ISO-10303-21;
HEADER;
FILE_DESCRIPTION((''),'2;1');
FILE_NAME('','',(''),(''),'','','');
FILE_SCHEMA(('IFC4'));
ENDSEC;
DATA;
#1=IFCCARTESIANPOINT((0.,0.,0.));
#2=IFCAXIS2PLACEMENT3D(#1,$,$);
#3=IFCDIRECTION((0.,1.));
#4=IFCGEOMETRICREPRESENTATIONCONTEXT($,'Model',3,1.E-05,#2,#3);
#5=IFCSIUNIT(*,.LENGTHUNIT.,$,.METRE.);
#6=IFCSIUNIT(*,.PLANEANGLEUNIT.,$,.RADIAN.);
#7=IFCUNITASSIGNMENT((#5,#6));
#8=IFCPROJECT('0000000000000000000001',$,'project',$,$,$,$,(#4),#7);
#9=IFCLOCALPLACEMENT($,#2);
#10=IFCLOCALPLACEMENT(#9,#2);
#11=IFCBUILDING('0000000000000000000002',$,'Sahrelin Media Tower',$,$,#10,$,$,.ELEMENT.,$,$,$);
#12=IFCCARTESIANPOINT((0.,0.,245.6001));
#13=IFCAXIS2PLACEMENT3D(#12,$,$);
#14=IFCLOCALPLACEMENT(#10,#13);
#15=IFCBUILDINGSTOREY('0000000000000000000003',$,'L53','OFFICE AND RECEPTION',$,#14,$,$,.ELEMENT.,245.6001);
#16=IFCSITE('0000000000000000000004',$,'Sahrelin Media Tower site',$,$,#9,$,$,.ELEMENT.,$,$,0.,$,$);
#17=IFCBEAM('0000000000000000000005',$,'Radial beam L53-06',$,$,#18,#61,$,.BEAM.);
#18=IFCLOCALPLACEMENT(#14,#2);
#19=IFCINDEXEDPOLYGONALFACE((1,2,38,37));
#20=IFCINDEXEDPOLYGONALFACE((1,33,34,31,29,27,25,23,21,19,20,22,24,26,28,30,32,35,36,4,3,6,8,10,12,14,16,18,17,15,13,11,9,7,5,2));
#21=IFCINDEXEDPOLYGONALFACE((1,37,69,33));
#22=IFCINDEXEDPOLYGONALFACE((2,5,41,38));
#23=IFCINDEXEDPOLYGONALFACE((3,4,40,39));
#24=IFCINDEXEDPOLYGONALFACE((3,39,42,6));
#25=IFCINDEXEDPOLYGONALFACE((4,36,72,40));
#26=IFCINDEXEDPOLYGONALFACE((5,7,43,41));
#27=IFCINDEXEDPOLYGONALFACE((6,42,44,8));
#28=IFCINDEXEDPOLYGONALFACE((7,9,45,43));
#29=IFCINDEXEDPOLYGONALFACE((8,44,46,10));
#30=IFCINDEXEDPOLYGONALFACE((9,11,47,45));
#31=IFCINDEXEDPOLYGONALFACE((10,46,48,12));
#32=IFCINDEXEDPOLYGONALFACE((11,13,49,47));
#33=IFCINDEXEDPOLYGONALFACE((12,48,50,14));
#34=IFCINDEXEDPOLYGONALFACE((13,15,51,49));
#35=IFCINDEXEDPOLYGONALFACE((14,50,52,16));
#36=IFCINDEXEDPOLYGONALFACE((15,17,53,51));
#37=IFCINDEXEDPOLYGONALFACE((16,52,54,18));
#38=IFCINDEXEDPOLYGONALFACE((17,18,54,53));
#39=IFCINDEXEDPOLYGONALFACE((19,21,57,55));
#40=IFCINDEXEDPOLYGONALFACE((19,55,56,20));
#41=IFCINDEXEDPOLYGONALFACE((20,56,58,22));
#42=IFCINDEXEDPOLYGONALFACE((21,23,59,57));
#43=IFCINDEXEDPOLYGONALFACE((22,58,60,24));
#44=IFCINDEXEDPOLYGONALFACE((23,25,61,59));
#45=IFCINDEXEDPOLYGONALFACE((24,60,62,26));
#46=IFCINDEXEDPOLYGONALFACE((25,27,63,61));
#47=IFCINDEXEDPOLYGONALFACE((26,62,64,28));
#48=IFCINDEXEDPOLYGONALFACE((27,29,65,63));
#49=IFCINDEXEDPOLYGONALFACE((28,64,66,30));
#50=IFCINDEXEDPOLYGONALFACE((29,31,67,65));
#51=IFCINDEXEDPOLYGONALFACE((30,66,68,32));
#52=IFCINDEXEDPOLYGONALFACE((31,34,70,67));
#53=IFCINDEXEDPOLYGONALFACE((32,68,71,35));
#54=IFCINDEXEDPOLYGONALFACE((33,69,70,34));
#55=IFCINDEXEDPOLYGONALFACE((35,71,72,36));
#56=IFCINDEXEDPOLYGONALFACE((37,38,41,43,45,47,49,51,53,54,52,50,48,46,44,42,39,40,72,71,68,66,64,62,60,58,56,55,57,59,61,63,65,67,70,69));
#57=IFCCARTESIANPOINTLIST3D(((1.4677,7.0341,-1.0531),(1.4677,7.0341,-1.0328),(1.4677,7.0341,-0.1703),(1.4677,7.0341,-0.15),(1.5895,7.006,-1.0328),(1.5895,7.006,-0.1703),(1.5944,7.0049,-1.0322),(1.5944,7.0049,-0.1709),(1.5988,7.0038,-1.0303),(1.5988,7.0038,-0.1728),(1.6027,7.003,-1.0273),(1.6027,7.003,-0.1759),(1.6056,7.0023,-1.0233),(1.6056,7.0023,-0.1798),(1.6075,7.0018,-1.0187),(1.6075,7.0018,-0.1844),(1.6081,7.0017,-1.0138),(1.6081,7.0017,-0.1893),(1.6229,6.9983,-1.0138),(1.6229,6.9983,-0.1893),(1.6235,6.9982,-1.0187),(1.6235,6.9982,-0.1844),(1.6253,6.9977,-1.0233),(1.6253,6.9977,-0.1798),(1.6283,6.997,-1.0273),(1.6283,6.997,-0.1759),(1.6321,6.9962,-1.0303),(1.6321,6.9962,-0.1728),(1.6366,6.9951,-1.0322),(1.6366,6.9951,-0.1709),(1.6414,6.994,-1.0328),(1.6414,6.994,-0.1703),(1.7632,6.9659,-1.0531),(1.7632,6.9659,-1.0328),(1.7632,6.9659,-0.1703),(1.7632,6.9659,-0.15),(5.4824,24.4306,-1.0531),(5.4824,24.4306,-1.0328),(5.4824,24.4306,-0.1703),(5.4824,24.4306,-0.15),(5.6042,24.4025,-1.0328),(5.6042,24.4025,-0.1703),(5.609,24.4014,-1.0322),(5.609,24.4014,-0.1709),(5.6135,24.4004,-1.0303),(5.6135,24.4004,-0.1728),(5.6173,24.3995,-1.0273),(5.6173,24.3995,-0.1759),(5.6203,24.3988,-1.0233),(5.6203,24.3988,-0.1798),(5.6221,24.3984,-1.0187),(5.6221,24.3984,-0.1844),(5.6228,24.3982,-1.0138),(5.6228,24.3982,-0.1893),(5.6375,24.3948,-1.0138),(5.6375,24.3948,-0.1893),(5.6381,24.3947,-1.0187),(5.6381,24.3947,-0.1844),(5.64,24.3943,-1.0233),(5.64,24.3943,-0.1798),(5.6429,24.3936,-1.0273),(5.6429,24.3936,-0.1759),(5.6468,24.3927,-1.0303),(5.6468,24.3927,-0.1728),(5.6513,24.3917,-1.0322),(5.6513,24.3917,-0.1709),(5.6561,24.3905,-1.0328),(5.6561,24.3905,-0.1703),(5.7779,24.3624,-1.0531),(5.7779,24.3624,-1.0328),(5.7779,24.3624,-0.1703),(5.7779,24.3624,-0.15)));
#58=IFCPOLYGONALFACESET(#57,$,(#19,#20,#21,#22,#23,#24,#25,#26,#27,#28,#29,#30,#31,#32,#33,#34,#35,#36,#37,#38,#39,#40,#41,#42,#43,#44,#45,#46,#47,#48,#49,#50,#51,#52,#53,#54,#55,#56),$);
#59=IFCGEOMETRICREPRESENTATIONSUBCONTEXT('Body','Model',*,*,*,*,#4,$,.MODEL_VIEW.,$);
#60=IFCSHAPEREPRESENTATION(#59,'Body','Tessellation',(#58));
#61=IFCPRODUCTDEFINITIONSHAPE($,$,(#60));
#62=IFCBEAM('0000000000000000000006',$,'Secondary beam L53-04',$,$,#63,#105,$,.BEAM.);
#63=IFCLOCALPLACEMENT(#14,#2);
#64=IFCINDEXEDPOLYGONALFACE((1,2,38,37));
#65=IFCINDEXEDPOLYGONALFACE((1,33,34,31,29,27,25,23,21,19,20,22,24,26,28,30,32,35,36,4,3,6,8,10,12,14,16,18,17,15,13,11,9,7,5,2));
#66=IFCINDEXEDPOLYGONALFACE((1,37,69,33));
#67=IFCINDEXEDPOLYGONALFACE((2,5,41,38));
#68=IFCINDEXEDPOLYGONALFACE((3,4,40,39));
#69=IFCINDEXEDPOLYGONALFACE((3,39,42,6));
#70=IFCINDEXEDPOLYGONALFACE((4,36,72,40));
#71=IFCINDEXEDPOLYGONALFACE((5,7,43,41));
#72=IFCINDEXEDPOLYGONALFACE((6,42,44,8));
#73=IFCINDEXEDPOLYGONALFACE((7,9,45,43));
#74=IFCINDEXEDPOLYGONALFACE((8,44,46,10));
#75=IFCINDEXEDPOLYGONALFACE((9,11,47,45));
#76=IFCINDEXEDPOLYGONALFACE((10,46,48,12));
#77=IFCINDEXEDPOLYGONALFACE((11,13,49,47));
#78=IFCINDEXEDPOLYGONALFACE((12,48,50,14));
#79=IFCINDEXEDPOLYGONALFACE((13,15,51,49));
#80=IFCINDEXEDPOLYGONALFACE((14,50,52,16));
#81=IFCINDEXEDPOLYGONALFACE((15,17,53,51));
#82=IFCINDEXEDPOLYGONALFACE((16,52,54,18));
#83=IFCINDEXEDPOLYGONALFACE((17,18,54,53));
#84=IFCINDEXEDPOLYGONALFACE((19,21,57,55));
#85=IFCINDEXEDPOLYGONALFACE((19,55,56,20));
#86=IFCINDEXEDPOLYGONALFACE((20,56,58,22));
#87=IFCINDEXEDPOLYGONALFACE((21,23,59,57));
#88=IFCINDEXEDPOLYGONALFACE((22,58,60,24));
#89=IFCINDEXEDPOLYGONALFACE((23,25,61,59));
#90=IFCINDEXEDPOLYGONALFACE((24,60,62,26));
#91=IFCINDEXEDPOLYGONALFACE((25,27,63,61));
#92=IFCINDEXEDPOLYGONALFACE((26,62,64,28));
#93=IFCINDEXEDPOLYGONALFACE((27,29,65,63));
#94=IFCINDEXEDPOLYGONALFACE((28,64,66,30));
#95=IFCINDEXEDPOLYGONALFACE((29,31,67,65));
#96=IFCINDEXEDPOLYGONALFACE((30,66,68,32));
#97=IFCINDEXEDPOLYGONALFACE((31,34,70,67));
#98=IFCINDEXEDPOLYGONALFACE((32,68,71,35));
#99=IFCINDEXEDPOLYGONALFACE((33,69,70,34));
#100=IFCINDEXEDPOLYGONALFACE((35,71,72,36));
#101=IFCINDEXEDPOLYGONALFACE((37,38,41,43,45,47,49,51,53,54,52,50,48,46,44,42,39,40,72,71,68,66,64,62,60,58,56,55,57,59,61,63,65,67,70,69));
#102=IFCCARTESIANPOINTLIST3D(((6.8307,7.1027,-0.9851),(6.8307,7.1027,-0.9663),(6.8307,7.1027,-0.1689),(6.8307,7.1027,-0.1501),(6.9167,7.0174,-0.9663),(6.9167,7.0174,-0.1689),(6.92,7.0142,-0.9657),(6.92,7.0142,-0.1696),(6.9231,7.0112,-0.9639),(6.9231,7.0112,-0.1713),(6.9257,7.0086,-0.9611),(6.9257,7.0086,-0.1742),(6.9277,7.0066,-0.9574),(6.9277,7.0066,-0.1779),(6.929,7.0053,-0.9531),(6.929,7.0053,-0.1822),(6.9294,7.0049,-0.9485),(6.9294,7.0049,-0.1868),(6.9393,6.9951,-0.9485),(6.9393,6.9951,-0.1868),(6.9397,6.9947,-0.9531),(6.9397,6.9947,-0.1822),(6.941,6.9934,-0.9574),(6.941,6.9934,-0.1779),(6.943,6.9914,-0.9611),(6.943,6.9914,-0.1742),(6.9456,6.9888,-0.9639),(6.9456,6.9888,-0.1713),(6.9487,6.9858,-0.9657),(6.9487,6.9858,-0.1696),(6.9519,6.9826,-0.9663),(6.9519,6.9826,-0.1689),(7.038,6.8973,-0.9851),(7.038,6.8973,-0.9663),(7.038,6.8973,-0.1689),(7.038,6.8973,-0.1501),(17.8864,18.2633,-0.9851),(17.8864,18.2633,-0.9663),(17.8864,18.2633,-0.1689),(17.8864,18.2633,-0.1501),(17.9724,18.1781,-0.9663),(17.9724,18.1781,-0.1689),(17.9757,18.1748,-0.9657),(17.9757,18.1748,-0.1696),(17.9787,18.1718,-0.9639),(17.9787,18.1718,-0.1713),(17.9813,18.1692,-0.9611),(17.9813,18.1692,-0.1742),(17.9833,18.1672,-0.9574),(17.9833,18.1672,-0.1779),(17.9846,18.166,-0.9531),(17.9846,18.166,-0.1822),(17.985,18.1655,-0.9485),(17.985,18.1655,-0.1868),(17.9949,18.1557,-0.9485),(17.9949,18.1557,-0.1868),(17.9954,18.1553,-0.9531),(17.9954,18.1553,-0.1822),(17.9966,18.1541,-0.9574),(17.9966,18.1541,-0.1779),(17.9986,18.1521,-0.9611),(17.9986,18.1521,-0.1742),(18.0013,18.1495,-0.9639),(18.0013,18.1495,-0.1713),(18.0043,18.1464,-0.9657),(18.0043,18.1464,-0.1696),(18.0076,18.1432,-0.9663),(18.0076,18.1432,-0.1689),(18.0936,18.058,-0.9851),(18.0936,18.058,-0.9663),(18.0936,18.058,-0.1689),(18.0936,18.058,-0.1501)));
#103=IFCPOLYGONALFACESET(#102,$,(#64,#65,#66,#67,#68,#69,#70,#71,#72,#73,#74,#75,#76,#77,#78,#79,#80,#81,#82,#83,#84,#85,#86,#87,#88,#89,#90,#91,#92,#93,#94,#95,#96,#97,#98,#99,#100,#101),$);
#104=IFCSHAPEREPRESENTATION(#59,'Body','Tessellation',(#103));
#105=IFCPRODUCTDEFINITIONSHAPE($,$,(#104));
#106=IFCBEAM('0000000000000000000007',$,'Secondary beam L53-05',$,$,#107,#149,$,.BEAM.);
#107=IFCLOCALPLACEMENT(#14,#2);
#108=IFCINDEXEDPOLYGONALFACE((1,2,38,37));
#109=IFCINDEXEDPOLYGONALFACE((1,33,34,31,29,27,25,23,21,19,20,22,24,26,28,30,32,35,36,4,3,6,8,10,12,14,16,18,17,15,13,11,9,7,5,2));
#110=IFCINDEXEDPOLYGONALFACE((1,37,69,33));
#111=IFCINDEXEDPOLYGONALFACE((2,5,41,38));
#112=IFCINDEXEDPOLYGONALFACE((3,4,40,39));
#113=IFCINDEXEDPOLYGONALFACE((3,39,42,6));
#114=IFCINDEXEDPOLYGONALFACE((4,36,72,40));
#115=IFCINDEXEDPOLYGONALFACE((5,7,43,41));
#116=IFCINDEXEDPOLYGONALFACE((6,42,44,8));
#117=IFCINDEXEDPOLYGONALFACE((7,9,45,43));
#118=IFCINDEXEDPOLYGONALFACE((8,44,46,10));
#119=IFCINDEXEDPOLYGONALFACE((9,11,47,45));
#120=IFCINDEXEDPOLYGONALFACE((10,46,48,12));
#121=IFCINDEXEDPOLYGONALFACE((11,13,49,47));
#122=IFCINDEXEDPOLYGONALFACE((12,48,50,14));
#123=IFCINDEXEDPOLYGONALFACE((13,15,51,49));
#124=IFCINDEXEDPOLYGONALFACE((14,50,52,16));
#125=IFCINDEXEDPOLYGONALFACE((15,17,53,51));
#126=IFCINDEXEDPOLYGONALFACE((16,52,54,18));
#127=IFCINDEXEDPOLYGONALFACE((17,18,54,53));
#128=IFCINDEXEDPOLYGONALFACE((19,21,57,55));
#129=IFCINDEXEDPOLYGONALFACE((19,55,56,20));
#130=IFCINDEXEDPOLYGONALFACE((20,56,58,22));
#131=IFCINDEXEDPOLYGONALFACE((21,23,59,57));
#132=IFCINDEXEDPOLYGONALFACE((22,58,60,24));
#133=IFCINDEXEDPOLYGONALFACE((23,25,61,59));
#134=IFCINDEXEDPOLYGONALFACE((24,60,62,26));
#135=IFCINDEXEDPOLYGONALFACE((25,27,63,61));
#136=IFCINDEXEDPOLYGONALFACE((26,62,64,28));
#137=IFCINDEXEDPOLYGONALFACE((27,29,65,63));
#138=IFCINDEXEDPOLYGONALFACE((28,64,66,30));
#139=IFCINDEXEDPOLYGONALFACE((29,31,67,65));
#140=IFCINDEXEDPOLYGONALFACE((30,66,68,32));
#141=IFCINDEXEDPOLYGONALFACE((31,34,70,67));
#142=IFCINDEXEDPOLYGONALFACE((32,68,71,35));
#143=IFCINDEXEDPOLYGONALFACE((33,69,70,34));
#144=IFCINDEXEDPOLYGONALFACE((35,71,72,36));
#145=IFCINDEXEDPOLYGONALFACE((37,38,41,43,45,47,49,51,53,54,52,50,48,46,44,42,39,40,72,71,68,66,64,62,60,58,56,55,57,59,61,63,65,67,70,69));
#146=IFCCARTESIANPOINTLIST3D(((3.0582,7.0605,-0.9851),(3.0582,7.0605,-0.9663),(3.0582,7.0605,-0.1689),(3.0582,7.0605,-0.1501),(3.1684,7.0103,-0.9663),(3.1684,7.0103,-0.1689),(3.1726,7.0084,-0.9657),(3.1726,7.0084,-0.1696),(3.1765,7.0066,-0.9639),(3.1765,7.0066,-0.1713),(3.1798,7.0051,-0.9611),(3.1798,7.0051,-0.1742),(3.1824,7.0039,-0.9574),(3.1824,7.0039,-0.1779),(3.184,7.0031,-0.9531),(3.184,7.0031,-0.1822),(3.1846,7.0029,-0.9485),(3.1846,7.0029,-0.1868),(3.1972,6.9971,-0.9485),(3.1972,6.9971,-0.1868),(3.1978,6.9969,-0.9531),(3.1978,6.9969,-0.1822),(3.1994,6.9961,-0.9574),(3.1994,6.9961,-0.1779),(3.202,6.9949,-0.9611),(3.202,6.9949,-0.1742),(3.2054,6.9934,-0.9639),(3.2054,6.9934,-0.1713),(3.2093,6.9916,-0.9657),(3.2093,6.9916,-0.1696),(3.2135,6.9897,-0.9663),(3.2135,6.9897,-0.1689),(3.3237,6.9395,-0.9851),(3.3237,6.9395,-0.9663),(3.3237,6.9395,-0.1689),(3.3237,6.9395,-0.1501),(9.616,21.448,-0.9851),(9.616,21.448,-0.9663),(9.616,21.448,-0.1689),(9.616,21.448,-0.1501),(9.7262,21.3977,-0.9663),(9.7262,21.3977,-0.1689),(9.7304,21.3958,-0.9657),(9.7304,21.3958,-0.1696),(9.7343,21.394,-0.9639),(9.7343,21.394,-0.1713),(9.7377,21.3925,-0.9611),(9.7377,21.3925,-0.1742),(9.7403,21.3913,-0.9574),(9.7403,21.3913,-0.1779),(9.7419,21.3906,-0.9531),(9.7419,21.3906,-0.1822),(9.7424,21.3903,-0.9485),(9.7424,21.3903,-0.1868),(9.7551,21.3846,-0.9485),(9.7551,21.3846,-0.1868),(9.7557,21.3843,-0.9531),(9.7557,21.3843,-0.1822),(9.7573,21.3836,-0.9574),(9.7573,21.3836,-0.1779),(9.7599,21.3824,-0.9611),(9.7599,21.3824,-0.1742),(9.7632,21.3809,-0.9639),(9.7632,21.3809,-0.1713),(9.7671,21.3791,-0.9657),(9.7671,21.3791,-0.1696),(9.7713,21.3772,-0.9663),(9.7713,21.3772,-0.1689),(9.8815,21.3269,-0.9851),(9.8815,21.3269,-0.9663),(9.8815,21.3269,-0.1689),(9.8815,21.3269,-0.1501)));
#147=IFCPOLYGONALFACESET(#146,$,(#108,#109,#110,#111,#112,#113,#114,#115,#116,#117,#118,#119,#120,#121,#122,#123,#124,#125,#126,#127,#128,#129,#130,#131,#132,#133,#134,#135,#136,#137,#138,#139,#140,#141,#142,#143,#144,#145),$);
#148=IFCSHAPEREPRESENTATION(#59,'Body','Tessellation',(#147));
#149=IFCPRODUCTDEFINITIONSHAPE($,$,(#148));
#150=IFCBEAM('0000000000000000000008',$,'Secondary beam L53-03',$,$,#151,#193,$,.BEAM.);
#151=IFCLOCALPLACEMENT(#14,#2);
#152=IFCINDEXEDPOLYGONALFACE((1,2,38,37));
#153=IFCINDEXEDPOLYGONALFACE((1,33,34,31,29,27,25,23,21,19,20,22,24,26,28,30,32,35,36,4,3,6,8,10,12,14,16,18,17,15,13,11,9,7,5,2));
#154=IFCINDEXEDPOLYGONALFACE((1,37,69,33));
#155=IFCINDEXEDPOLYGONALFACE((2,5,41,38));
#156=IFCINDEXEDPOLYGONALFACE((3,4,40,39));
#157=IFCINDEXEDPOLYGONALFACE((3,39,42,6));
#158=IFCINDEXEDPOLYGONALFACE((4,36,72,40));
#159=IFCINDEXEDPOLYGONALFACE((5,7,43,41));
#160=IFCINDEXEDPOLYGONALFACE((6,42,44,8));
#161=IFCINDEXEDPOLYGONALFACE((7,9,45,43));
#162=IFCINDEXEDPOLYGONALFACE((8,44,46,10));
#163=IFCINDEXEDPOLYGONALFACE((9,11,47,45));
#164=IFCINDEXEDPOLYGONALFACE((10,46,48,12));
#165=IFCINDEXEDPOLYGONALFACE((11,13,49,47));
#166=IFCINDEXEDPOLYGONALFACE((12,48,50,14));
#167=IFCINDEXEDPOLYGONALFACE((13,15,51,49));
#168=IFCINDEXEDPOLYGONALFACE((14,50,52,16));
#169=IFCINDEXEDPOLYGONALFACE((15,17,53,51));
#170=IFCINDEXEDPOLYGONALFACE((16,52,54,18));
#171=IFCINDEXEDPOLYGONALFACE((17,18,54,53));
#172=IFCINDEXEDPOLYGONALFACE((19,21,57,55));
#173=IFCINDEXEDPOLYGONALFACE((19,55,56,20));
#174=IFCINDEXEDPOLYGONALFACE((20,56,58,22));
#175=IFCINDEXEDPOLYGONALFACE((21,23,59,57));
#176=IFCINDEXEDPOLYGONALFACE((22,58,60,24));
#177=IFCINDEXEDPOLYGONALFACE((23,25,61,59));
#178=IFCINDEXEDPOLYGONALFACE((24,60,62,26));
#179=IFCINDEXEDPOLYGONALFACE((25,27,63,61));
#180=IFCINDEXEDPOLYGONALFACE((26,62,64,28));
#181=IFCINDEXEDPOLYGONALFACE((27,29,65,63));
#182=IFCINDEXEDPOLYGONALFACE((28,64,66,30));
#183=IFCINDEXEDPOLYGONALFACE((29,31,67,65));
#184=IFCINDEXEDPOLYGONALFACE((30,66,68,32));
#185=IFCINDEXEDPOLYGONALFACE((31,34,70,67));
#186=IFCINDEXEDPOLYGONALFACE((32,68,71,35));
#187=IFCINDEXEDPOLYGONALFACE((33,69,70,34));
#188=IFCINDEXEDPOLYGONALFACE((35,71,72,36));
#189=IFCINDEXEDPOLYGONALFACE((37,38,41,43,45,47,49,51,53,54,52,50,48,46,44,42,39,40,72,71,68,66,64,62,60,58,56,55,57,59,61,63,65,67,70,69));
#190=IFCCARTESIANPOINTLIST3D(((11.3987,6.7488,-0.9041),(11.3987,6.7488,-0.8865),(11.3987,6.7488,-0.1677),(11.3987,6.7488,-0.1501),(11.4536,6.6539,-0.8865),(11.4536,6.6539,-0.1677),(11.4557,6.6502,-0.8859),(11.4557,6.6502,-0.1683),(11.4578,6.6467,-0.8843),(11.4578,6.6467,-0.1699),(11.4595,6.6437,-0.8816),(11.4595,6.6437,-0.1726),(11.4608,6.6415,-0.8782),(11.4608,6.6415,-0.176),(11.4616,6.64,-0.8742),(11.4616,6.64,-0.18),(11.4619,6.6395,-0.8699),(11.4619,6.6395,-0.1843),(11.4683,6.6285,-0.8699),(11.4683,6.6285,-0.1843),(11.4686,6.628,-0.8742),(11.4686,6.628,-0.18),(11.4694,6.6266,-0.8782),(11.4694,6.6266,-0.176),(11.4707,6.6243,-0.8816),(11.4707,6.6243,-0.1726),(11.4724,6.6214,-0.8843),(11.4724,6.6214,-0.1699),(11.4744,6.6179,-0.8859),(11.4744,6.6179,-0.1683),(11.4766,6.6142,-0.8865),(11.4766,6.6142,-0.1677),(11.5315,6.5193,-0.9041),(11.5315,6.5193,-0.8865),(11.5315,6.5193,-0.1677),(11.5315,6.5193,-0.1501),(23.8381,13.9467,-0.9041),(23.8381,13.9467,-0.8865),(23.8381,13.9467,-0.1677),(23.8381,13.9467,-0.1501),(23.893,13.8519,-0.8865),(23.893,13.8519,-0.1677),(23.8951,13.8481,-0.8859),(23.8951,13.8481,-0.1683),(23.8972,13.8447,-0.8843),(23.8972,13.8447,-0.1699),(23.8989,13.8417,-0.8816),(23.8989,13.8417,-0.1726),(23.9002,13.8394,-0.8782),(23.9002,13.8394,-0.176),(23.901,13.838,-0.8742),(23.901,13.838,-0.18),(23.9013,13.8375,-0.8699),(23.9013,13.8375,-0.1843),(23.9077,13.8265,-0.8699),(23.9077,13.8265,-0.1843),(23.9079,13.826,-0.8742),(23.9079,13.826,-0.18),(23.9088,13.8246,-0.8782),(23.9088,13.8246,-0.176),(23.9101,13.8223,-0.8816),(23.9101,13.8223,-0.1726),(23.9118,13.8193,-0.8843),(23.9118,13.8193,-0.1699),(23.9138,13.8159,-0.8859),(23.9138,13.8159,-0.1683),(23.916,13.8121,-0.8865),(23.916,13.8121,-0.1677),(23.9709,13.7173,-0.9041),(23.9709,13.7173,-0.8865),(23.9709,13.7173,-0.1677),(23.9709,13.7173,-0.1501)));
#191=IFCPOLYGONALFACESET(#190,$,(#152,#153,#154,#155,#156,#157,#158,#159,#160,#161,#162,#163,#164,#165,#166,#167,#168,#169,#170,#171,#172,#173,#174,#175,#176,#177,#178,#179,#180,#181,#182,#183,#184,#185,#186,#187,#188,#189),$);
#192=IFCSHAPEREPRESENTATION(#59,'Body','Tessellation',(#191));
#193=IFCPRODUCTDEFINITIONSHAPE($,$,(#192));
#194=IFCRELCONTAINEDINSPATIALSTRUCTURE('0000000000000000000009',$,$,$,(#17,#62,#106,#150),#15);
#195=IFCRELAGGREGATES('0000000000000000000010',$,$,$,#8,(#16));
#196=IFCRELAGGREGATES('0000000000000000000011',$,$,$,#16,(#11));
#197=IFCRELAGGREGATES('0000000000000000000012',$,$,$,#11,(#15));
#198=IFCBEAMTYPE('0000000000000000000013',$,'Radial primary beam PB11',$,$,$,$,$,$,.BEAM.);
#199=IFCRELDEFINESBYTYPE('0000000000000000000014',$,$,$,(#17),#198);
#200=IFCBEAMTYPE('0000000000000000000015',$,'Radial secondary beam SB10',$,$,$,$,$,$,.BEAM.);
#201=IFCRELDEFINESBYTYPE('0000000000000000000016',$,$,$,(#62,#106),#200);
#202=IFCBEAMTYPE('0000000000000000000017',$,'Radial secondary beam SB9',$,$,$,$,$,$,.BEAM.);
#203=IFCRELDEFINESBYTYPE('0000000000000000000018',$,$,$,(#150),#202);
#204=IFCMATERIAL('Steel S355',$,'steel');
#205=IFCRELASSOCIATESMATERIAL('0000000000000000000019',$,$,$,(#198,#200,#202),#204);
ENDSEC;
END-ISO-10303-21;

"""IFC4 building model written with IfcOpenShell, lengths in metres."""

from ifc_helpers import new_model, si_unit, direction, frame, origin, origin_2d, place, context, subcontext, project, spatial, i_section, extrude, material, material_profile, profile_set, type_object, element, save


model = new_model("IFC4")

# Units and contexts
model_context = context("Model", 3, precision=1e-05, world=origin(), true_north=direction((0.0, 1.0)))
body_context = subcontext(model_context, "Body", "Model", "MODEL_VIEW")
ifc_project = project(units=[si_unit("LENGTHUNIT", "METRE"), si_unit("PLANEANGLEUNIT", "RADIAN")], contexts=[model_context])

# Site, building, storey
site_placement = place(None, origin())
site = spatial("IfcSite", under=ifc_project, at=site_placement, Name="Sahrelin Media Tower site", CompositionType="ELEMENT", RefElevation=0.0)
building_placement = place(site_placement, origin())
building = spatial("IfcBuilding", under=site, at=building_placement, Name="Sahrelin Media Tower", CompositionType="ELEMENT")
storey_placement = place(building_placement, frame((0.0, 0.0, 245.6001)))
storey = spatial("IfcBuildingStorey", under=building, at=storey_placement, Name="L53", Description="OFFICE AND RECEPTION", CompositionType="ELEMENT", Elevation=245.6001)

# Shared definitions
ifc_material_1 = material(Name="Steel S355", Category="steel")

# Beams
ifc_material_profile_1 = material_profile(ifc_material_1, i_section(OverallWidth=0.3032, OverallDepth=0.9031, WebThickness=0.0151, FlangeThickness=0.0203, FilletRadius=0.019, at=origin_2d()), Name="UB 914x305x201")
ifc_profile_set_1 = profile_set([ifc_material_profile_1], Name="Steel S355")
beam_type_1 = type_object("IfcBeamType", Name="Radial primary beam PB11", PredefinedType="BEAM", material=ifc_profile_set_1)
beam_1_placement = place(storey_placement, frame((1.6155, 7.0, -0.6016), z_axis=(0.224864, 0.97439, 0.0), x_axis=(-0.97439, 0.224864, 0.0)))
element("IfcBeam", 1, at=beam_1_placement, inside=storey, type_object=beam_type_1, Name="Radial beam L53-06", PredefinedType="BEAM", context=body_context, shape_type="SweptSolid", body=[
    extrude(i_section(OverallWidth=0.3032, OverallDepth=0.9031, WebThickness=0.0151, FlangeThickness=0.0203, FilletRadius=0.019, at=origin_2d()), origin(), (0.0, 0.0, 1.0), 17.8538),
])
ifc_material_profile_2 = material_profile(ifc_material_1, i_section(OverallWidth=0.2917, OverallDepth=0.835, WebThickness=0.0139, FlangeThickness=0.0188, FilletRadius=0.0178, at=origin_2d()), Name="UB 838x292x176")
ifc_profile_set_2 = profile_set([ifc_material_profile_2], Name="Steel S355")
beam_type_2 = type_object("IfcBeamType", Name="Radial secondary beam SB10", PredefinedType="BEAM", material=ifc_profile_set_2)
beam_2_placement = place(storey_placement, frame((6.9343, 7.0, -0.5676), z_axis=(0.703758, 0.71044, 0.0), x_axis=(-0.71044, 0.703758, 0.0)))
element("IfcBeam", 2, at=beam_2_placement, inside=storey, type_object=beam_type_2, Name="Secondary beam L53-04", PredefinedType="BEAM", context=body_context, shape_type="SweptSolid", body=[
    extrude(i_section(OverallWidth=0.2917, OverallDepth=0.835, WebThickness=0.0139, FlangeThickness=0.0188, FilletRadius=0.0178, at=origin_2d()), origin(), (0.0, 0.0, 1.0), 15.7095),
])
beam_3_placement = place(storey_placement, frame((3.1909, 7.0, -0.5676), z_axis=(0.414752, 0.909934, 0.0), x_axis=(-0.909934, 0.414752, 0.0)))
element("IfcBeam", 3, at=beam_3_placement, inside=storey, type_object=beam_type_2, Name="Secondary beam L53-05", PredefinedType="BEAM", context=body_context, shape_type="SweptSolid", body=[
    extrude(i_section(OverallWidth=0.2917, OverallDepth=0.835, WebThickness=0.0139, FlangeThickness=0.0188, FilletRadius=0.0178, at=origin_2d()), origin(), (0.0, 0.0, 1.0), 15.8115),
])
ifc_material_profile_3 = material_profile(ifc_material_1, i_section(OverallWidth=0.2651, OverallDepth=0.7539, WebThickness=0.0127, FlangeThickness=0.0176, FilletRadius=0.0166, at=origin_2d()), Name="UB 762x267x147")
ifc_profile_set_3 = profile_set([ifc_material_profile_3], Name="Steel S355")
beam_type_3 = type_object("IfcBeamType", Name="Radial secondary beam SB9", PredefinedType="BEAM", material=ifc_profile_set_3)
beam_4_placement = place(storey_placement, frame((11.4651, 6.634, -0.5271), z_axis=(0.865541, 0.500839, 0.0), x_axis=(-0.500839, 0.865541, 0.0)))
element("IfcBeam", 4, at=beam_4_placement, inside=storey, type_object=beam_type_3, Name="Secondary beam L53-03", PredefinedType="BEAM", context=body_context, shape_type="SweptSolid", body=[
    extrude(i_section(OverallWidth=0.2651, OverallDepth=0.7539, WebThickness=0.0127, FlangeThickness=0.0176, FilletRadius=0.0166, at=origin_2d()), origin(), (0.0, 0.0, 1.0), 14.3718),
])

save(model, "model.ifc")
